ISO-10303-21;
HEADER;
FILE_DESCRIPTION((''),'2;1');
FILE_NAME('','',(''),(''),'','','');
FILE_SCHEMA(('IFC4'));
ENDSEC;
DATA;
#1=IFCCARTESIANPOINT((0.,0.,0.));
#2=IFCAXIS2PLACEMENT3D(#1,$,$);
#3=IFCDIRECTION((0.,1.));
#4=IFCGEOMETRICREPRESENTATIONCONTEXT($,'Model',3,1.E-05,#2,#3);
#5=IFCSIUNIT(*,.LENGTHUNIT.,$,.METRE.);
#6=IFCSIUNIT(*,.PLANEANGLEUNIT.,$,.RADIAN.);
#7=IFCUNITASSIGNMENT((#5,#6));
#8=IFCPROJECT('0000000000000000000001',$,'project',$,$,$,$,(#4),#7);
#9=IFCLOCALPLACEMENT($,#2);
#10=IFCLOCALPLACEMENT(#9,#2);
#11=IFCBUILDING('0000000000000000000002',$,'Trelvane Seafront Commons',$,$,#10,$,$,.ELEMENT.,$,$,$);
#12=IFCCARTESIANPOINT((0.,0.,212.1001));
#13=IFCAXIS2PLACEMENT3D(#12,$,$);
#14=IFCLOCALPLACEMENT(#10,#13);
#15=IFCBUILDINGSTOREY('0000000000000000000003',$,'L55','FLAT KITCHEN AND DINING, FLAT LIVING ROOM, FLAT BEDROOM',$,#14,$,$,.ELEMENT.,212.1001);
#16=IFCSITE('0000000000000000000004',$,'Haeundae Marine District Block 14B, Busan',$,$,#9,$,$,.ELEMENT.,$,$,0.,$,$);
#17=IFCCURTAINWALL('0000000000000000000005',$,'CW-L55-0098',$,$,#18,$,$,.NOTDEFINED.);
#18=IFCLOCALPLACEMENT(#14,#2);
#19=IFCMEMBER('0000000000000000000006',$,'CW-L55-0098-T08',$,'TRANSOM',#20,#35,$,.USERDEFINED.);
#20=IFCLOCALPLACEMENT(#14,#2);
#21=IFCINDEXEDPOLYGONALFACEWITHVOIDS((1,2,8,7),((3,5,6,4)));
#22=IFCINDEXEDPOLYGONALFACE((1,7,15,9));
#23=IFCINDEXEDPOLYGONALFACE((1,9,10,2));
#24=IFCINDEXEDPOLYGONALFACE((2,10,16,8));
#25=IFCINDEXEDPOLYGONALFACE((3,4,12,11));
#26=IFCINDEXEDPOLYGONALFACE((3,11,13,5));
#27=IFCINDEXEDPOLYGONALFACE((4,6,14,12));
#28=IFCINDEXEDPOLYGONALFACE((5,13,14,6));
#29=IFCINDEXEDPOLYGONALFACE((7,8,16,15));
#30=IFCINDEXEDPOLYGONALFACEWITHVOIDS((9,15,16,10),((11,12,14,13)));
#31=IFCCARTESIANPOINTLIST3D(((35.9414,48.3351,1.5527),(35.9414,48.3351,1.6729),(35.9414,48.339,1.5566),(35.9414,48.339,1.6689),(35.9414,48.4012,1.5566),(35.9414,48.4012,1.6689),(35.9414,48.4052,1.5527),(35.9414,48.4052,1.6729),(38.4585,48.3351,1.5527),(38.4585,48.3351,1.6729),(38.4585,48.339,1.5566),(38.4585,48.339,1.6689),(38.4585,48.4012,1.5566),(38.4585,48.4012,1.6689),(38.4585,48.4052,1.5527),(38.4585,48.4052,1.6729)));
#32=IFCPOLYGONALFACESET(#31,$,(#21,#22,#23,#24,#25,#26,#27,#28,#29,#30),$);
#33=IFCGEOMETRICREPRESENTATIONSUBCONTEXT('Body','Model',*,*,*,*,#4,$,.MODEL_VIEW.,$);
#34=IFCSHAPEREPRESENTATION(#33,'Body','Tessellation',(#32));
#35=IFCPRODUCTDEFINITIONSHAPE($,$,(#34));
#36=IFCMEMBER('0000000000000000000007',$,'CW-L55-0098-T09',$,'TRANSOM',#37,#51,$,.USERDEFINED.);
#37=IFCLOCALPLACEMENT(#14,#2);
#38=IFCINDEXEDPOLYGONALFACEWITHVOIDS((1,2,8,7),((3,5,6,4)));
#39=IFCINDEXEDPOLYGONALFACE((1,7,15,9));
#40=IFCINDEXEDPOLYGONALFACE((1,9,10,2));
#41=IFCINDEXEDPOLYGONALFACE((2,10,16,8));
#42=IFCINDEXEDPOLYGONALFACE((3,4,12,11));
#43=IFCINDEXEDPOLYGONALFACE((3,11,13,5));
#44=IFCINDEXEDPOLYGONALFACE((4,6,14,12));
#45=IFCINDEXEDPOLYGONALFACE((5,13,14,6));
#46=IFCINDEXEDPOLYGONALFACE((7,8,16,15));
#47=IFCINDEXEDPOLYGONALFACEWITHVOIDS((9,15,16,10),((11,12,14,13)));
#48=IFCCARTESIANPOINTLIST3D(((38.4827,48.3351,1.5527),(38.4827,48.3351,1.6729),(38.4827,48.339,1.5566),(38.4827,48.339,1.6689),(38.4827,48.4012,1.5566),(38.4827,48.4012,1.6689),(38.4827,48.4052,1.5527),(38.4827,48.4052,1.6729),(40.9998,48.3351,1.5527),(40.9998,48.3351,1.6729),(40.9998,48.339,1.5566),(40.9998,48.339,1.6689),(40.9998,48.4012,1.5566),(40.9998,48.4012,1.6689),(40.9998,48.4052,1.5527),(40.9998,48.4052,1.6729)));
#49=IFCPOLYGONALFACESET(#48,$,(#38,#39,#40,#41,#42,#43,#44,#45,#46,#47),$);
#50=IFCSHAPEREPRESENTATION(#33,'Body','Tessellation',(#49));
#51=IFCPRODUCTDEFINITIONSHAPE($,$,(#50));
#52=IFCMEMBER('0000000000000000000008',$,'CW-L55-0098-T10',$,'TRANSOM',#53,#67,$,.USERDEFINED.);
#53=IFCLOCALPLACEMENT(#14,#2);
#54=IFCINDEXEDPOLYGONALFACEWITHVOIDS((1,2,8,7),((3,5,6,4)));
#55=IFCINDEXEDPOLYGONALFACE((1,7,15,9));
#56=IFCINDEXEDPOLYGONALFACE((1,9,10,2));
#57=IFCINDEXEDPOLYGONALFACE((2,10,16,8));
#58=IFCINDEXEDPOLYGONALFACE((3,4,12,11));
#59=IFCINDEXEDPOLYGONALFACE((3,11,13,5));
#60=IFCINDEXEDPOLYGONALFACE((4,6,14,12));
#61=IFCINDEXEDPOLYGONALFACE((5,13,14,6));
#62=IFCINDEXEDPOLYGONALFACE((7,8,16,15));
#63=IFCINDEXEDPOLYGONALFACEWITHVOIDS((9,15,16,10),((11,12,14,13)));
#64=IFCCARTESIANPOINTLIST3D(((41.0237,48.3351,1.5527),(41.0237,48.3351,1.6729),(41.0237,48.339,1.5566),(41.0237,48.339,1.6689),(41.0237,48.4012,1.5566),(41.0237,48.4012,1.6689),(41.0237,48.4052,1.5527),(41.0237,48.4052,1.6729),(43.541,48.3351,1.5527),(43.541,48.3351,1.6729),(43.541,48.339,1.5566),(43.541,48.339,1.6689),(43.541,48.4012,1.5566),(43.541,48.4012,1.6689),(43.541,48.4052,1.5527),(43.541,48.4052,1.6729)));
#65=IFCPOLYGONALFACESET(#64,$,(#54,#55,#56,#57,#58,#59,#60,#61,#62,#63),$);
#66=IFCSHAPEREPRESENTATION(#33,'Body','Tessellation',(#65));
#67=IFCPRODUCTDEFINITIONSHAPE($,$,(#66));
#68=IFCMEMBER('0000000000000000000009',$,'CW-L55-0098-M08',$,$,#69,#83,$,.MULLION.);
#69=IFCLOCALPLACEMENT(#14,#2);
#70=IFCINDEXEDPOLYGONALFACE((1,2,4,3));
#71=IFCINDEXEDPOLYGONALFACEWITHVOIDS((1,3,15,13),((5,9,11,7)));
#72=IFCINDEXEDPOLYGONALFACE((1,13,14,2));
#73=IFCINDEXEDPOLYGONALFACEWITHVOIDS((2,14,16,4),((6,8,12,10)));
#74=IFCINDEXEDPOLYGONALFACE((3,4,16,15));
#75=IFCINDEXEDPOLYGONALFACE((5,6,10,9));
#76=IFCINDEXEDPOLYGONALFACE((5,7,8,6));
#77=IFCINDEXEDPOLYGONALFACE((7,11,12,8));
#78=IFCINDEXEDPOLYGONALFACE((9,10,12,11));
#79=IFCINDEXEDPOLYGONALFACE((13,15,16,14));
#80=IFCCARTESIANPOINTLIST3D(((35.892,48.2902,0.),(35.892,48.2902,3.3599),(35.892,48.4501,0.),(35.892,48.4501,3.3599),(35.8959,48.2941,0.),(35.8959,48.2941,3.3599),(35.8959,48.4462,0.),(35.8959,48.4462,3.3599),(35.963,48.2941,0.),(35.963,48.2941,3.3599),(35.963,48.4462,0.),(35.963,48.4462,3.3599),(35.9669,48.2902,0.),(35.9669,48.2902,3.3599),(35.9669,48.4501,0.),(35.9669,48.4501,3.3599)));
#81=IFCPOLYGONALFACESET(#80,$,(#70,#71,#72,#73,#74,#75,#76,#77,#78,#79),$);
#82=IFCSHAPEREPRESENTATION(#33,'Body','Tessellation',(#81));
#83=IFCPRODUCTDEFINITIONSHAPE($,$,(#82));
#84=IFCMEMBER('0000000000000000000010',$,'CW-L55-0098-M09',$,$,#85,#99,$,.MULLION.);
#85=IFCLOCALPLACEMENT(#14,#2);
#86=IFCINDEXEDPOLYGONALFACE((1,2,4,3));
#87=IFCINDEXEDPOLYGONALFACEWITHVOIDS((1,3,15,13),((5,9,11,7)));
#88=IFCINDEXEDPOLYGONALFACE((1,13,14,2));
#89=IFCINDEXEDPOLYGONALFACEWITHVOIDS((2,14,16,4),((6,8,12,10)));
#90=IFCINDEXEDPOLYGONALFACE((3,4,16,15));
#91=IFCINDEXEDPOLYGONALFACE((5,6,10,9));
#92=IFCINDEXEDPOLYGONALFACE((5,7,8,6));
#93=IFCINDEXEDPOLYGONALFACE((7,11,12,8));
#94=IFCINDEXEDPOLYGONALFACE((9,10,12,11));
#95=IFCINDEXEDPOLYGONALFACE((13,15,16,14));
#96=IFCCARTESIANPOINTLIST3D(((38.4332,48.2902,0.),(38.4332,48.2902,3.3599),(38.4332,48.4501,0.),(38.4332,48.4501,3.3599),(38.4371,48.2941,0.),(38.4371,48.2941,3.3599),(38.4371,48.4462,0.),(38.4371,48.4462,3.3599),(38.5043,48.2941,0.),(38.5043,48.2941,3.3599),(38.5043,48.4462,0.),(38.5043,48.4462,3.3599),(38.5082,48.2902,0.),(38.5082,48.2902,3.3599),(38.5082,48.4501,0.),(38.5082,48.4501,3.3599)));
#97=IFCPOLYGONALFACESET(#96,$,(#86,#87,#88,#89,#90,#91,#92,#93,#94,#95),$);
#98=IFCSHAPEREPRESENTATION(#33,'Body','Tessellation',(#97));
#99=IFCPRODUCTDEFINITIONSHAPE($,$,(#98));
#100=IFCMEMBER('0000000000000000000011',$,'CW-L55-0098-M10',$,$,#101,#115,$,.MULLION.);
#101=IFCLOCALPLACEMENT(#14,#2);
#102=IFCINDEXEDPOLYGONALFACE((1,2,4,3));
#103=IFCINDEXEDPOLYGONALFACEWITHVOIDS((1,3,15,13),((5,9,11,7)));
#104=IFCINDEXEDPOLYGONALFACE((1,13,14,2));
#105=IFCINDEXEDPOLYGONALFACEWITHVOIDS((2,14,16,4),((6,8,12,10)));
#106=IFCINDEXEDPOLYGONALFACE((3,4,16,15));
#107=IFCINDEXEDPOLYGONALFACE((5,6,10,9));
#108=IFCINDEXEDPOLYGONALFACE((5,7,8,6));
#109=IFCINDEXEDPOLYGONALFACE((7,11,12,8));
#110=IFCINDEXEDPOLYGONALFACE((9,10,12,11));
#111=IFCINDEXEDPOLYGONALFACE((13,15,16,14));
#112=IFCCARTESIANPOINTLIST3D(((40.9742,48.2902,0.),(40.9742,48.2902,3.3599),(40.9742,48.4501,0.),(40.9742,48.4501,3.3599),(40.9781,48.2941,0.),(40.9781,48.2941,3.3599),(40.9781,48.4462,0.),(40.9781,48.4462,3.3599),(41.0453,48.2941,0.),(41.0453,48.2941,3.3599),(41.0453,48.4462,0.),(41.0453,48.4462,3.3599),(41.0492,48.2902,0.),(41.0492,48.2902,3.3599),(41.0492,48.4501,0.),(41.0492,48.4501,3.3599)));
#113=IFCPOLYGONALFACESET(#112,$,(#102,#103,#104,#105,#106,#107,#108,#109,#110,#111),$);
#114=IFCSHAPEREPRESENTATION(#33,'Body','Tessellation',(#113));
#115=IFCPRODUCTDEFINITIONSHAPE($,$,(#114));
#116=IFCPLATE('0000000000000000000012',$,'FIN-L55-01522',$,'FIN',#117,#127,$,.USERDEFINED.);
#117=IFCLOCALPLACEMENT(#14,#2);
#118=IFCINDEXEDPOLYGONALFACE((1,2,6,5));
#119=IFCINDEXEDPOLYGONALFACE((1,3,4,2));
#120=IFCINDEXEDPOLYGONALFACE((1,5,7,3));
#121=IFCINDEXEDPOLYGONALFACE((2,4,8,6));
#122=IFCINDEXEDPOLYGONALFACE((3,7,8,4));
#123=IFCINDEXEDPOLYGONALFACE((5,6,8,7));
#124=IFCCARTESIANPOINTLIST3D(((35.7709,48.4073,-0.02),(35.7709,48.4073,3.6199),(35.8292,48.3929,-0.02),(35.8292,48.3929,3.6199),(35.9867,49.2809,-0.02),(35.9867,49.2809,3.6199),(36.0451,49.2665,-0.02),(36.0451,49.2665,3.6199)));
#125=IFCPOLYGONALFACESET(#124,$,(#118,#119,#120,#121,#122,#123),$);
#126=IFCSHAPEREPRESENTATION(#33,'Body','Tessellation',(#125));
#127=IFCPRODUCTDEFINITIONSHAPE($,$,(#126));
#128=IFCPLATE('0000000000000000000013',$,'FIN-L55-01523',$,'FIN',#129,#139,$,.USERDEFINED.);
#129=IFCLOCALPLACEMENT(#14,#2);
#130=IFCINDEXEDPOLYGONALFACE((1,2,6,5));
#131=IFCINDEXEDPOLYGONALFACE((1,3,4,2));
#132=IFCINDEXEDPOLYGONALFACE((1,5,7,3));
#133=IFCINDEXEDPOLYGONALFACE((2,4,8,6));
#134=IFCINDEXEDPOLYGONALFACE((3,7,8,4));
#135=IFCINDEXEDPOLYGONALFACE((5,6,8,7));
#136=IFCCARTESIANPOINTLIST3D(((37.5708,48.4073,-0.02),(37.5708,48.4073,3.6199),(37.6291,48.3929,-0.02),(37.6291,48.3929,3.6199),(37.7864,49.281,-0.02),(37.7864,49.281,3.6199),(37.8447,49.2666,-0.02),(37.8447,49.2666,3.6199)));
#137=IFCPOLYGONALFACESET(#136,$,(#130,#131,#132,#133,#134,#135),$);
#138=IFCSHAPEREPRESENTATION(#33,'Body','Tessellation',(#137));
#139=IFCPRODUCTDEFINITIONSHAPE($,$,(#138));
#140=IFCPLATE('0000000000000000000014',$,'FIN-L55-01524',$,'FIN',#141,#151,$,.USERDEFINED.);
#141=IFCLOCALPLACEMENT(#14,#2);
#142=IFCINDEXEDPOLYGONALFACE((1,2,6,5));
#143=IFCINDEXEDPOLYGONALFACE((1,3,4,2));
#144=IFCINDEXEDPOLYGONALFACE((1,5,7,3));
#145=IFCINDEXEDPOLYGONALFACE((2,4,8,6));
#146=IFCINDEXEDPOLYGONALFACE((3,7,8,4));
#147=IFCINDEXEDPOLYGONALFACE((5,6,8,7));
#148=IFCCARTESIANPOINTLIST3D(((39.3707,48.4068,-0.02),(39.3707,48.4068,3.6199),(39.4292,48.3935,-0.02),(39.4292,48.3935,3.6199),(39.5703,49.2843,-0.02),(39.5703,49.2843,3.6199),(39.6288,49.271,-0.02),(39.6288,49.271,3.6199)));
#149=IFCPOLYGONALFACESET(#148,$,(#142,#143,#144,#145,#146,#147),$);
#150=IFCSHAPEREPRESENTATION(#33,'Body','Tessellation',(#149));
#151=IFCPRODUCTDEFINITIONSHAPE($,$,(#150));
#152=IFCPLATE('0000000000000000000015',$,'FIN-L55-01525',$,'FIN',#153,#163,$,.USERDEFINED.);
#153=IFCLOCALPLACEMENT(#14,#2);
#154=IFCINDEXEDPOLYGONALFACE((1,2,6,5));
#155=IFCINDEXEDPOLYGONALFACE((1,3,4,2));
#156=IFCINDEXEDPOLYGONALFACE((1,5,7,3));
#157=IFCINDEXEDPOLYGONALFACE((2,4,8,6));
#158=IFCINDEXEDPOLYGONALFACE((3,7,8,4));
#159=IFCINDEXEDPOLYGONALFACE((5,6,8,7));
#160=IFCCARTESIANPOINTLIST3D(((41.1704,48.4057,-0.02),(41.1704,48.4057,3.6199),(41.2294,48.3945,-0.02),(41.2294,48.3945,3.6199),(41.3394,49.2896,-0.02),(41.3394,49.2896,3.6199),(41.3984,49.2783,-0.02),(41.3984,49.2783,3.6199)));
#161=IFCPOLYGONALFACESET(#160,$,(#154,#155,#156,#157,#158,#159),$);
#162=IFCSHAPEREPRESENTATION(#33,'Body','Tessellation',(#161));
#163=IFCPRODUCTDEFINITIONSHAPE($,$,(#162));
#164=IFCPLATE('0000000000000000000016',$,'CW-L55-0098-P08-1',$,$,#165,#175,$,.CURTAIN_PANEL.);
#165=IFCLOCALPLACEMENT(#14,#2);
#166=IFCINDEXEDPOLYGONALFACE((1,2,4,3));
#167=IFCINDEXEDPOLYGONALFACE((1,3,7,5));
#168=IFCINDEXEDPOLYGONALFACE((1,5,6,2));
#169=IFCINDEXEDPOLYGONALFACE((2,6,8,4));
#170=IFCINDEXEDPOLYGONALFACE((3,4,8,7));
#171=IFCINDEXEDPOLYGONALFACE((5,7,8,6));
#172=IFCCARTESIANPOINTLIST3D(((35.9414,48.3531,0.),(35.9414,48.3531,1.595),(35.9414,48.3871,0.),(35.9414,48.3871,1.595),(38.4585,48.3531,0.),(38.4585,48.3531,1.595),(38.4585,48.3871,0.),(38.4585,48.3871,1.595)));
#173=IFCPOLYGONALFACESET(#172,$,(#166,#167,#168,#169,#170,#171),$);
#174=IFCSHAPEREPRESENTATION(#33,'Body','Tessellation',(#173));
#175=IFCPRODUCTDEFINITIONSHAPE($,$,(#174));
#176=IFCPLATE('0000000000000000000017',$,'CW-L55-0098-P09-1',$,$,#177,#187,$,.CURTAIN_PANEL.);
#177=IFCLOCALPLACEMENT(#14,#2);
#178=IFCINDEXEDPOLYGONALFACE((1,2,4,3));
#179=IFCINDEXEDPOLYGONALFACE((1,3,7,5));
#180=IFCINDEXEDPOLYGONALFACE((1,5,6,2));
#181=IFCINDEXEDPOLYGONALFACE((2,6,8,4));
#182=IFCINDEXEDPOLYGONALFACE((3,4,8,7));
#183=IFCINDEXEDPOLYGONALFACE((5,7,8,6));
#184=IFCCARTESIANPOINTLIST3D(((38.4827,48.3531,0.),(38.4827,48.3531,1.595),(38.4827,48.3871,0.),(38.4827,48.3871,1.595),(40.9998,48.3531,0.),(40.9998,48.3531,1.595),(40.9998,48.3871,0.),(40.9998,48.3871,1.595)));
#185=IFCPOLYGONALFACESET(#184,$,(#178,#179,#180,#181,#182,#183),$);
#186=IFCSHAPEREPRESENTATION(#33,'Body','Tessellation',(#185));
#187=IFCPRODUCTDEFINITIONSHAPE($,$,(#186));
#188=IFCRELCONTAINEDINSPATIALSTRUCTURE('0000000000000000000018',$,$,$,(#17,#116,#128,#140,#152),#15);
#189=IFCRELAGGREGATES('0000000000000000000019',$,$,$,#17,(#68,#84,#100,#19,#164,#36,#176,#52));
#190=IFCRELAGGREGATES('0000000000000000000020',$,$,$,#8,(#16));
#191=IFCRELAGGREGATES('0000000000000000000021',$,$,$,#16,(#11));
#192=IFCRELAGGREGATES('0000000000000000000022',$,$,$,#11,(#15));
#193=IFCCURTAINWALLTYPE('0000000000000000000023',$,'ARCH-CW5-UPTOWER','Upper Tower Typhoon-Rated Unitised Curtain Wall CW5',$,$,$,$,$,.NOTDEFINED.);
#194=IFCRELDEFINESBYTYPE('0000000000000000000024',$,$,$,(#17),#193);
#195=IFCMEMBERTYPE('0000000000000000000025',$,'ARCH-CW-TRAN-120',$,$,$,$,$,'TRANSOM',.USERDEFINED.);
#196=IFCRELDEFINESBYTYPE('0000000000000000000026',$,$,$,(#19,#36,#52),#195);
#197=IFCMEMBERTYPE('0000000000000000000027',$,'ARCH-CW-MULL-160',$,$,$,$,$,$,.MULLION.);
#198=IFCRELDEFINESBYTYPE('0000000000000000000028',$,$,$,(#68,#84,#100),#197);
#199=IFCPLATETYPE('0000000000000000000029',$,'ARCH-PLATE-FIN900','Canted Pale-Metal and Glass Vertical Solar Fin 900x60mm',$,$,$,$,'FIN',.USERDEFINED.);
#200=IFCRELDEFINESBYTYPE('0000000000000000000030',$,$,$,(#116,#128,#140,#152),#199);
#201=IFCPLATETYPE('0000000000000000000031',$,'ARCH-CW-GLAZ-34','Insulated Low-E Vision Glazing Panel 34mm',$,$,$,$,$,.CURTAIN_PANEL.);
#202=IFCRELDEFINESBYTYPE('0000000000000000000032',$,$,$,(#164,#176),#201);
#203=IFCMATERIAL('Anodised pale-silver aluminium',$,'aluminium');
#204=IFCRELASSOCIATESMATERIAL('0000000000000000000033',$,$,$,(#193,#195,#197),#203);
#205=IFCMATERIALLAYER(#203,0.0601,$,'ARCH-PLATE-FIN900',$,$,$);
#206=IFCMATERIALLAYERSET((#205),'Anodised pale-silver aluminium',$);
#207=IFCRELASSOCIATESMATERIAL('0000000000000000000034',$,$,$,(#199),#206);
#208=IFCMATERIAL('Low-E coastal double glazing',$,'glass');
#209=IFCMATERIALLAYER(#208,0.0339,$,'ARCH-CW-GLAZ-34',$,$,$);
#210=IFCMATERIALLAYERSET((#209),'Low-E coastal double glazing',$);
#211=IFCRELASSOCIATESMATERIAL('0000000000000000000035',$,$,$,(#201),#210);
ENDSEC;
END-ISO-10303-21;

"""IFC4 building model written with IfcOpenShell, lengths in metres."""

from ifc_helpers import new_model, si_unit, direction, frame, origin, origin_2d, place, context, subcontext, project, spatial, rectangle, hollow_rectangle, extrude, source, transform, mapped, material, layer, layer_set, material_profile, profile_set, type_object, element, aggregate, save


model = new_model("IFC4")

# Units and contexts
model_context = context("Model", 3, precision=1e-05, world=origin(), true_north=direction((0.0, 1.0)))
body_context = subcontext(model_context, "Body", "Model", "MODEL_VIEW")
ifc_project = project(units=[si_unit("LENGTHUNIT", "METRE"), si_unit("PLANEANGLEUNIT", "RADIAN")], contexts=[model_context])

# Site, building, storey
site_placement = place(None, origin())
site = spatial("IfcSite", under=ifc_project, at=site_placement, Name="Haeundae Marine District Block 14B, Busan", CompositionType="ELEMENT", RefElevation=0.0)
building_placement = place(site_placement, origin())
building = spatial("IfcBuilding", under=site, at=building_placement, Name="Trelvane Seafront Commons", CompositionType="ELEMENT")
storey_placement = place(building_placement, frame((0.0, 0.0, 212.1001)))
storey = spatial("IfcBuildingStorey", under=building, at=storey_placement, Name="L55", Description="FLAT KITCHEN AND DINING, FLAT LIVING ROOM, FLAT BEDROOM", CompositionType="ELEMENT", Elevation=212.1001)

# Curtain wall, members
ifc_material_1 = material(Name="Anodised pale-silver aluminium", Category="aluminium")
curtain_wall_type = type_object("IfcCurtainWallType", Name="ARCH-CW5-UPTOWER", Description="Upper Tower Typhoon-Rated Unitised Curtain Wall CW5", PredefinedType="NOTDEFINED", material=ifc_material_1)
curtain_wall_placement = place(storey_placement, origin())
curtain_wall = element("IfcCurtainWall", 1, at=curtain_wall_placement, inside=storey, type_object=curtain_wall_type, Name="CW-L55-0098", PredefinedType="NOTDEFINED")
ifc_material_profile_1 = material_profile(ifc_material_1, hollow_rectangle(XDim=0.0701, YDim=0.1201, WallThickness=0.0039, at=origin_2d()), Name="TRAN-70x120x4")
ifc_profile_set_1 = profile_set([ifc_material_profile_1], Name="Anodised pale-silver aluminium")
member_type_1 = type_object("IfcMemberType", Name="ARCH-CW-TRAN-120", ElementType="TRANSOM", PredefinedType="USERDEFINED", material=ifc_profile_set_1)
shared_shape_1 = source(origin(), body_context, "Body", "SweptSolid", [
    extrude(hollow_rectangle(XDim=0.0701, YDim=0.1201, WallThickness=0.0039, at=origin_2d()), origin(), (0.0, 0.0, 1.0), 2.5171),
])
member_1_placement = place(storey_placement, frame((35.9414, 48.3701, 1.6128), z_axis=(1.0, 0.0, 0.0), x_axis=(0.0, 1.0, 0.0)))
member_1 = element("IfcMember", 2, at=member_1_placement, type_object=member_type_1, Name="CW-L55-0098-T08", ObjectType="TRANSOM", PredefinedType="USERDEFINED", context=body_context, shape_type="MappedRepresentation", body=[
    mapped(shared_shape_1, transform((0.0, 0.0, 0.0), x_axis=(1.0, 0.0, 0.0), y_axis=(0.0, 1.0, 0.0), z_axis=(0.0, 0.0, 1.0), scale=1.0)),
])
member_2_placement = place(storey_placement, frame((38.4827, 48.3701, 1.6128), z_axis=(1.0, 0.0, 0.0), x_axis=(0.0, 1.0, 0.0)))
member_2 = element("IfcMember", 3, at=member_2_placement, type_object=member_type_1, Name="CW-L55-0098-T09", ObjectType="TRANSOM", PredefinedType="USERDEFINED", context=body_context, shape_type="MappedRepresentation", body=[
    mapped(shared_shape_1, transform((0.0, 0.0, 0.0), x_axis=(1.0, 0.0, 0.0), y_axis=(0.0, 1.0, 0.0), z_axis=(0.0, 0.0, 1.0), scale=1.0)),
])
shared_shape_2 = source(origin(), body_context, "Body", "SweptSolid", [
    extrude(hollow_rectangle(XDim=0.0701, YDim=0.1201, WallThickness=0.0039, at=origin_2d()), origin(), (0.0, 0.0, 1.0), 2.5173),
])
member_3_placement = place(storey_placement, frame((41.0237, 48.3701, 1.6128), z_axis=(1.0, 0.0, 0.0), x_axis=(0.0, 1.0, 0.0)))
member_3 = element("IfcMember", 4, at=member_3_placement, type_object=member_type_1, Name="CW-L55-0098-T10", ObjectType="TRANSOM", PredefinedType="USERDEFINED", context=body_context, shape_type="MappedRepresentation", body=[
    mapped(shared_shape_2, transform((0.0, 0.0, 0.0), x_axis=(1.0, 0.0, 0.0), y_axis=(0.0, 1.0, 0.0), z_axis=(0.0, 0.0, 1.0), scale=1.0)),
])
ifc_material_profile_2 = material_profile(ifc_material_1, hollow_rectangle(XDim=0.075, YDim=0.1599, WallThickness=0.0039, at=origin_2d()), Name="MULL-75x160x4")
ifc_profile_set_2 = profile_set([ifc_material_profile_2], Name="Anodised pale-silver aluminium")
member_type_2 = type_object("IfcMemberType", Name="ARCH-CW-MULL-160", PredefinedType="MULLION", material=ifc_profile_set_2)
shared_shape_3 = source(origin(), body_context, "Body", "SweptSolid", [
    extrude(hollow_rectangle(XDim=0.075, YDim=0.1599, WallThickness=0.0039, at=origin_2d()), origin(), (0.0, 0.0, 1.0), 3.3599),
])
member_4_placement = place(storey_placement, frame((35.9294, 48.3701, 0.0), z_axis=(0.0, 0.0, 1.0), x_axis=(1.0, 0.0, 0.0)))
member_4 = element("IfcMember", 5, at=member_4_placement, type_object=member_type_2, Name="CW-L55-0098-M08", PredefinedType="MULLION", context=body_context, shape_type="MappedRepresentation", body=[
    mapped(shared_shape_3, transform((0.0, 0.0, 0.0), x_axis=(1.0, 0.0, 0.0), y_axis=(0.0, 1.0, 0.0), z_axis=(0.0, 0.0, 1.0), scale=1.0)),
])
member_5_placement = place(storey_placement, frame((38.4707, 48.3701, 0.0), z_axis=(0.0, 0.0, 1.0), x_axis=(1.0, 0.0, 0.0)))
member_5 = element("IfcMember", 6, at=member_5_placement, type_object=member_type_2, Name="CW-L55-0098-M09", PredefinedType="MULLION", context=body_context, shape_type="MappedRepresentation", body=[
    mapped(shared_shape_3, transform((0.0, 0.0, 0.0), x_axis=(1.0, 0.0, 0.0), y_axis=(0.0, 1.0, 0.0), z_axis=(0.0, 0.0, 1.0), scale=1.0)),
])
member_6_placement = place(storey_placement, frame((41.0117, 48.3701, 0.0), z_axis=(0.0, 0.0, 1.0), x_axis=(1.0, 0.0, 0.0)))
member_6 = element("IfcMember", 7, at=member_6_placement, type_object=member_type_2, Name="CW-L55-0098-M10", PredefinedType="MULLION", context=body_context, shape_type="MappedRepresentation", body=[
    mapped(shared_shape_3, transform((0.0, 0.0, 0.0), x_axis=(1.0, 0.0, 0.0), y_axis=(0.0, 1.0, 0.0), z_axis=(0.0, 0.0, 1.0), scale=1.0)),
])

# Plates
ifc_layer_1 = layer(ifc_material_1, 0.0601, Name="ARCH-PLATE-FIN900")
ifc_layer_set_1 = layer_set([ifc_layer_1], Name="Anodised pale-silver aluminium")
plate_type_1 = type_object("IfcPlateType", Name="ARCH-PLATE-FIN900", Description="Canted Pale-Metal and Glass Vertical Solar Fin 900x60mm", ElementType="FIN", PredefinedType="USERDEFINED", material=ifc_layer_set_1)
shared_shape_4 = source(origin(), body_context, "Body", "SweptSolid", [
    extrude(rectangle(XDim=0.8999, YDim=0.0601, at=origin_2d()), origin(), (0.0, 0.0, 1.0), 3.6399),
])
for number, where, z_axis, x_axis, name in (
    (8, (35.908, 48.8369, -0.02), (0.0, 0.0, 1.0), (0.239894, 0.970799, 0.0), "FIN-L55-01522"),
    (9, (37.7078, 48.8369, -0.02), (0.0, 0.0, 1.0), (0.239554, 0.970883, 0.0), "FIN-L55-01523"),
    (10, (39.4998, 48.8389, -0.02), (0.0, 0.0, 1.0), (0.221775, 0.975098, 0.0), "FIN-L55-01524"),
    (11, (41.2844, 48.842, -0.02), (0.0, 0.0, 1.0), (0.187776, 0.982212, 0.0), "FIN-L55-01525"),
):
    element("IfcPlate", number, at=place(storey_placement, frame(where, z_axis=z_axis, x_axis=x_axis)), inside=storey, type_object=plate_type_1, Name=name, ObjectType="FIN", PredefinedType="USERDEFINED", context=body_context, shape_type="MappedRepresentation", body=[
        mapped(shared_shape_4, transform((0.0, 0.0, 0.0), x_axis=(1.0, 0.0, 0.0), y_axis=(0.0, 1.0, 0.0), z_axis=(0.0, 0.0, 1.0), scale=1.0)),
    ])

# Plates
ifc_material_2 = material(Name="Low-E coastal double glazing", Category="glass")
ifc_layer_2 = layer(ifc_material_2, 0.0339, Name="ARCH-CW-GLAZ-34")
ifc_layer_set_2 = layer_set([ifc_layer_2], Name="Low-E coastal double glazing")
plate_type_2 = type_object("IfcPlateType", Name="ARCH-CW-GLAZ-34", Description="Insulated Low-E Vision Glazing Panel 34mm", PredefinedType="CURTAIN_PANEL", material=ifc_layer_set_2)
shared_shape_5 = source(origin(), body_context, "Body", "SweptSolid", [
    extrude(rectangle(XDim=2.5171, YDim=0.0339, at=origin_2d()), origin(), (0.0, 0.0, 1.0), 1.595),
])
plate_1_placement = place(storey_placement, frame((37.2, 48.3701, 0.0), z_axis=(0.0, 0.0, 1.0), x_axis=(1.0, 0.0, 0.0)))
plate_1 = element("IfcPlate", 12, at=plate_1_placement, type_object=plate_type_2, Name="CW-L55-0098-P08-1", PredefinedType="CURTAIN_PANEL", context=body_context, shape_type="MappedRepresentation", body=[
    mapped(shared_shape_5, transform((0.0, 0.0, 0.0), x_axis=(1.0, 0.0, 0.0), y_axis=(0.0, 1.0, 0.0), z_axis=(0.0, 0.0, 1.0), scale=1.0)),
])
plate_2_placement = place(storey_placement, frame((39.7412, 48.3701, 0.0), z_axis=(0.0, 0.0, 1.0), x_axis=(1.0, 0.0, 0.0)))
plate_2 = element("IfcPlate", 13, at=plate_2_placement, type_object=plate_type_2, Name="CW-L55-0098-P09-1", PredefinedType="CURTAIN_PANEL", context=body_context, shape_type="MappedRepresentation", body=[
    mapped(shared_shape_5, transform((0.0, 0.0, 0.0), x_axis=(1.0, 0.0, 0.0), y_axis=(0.0, 1.0, 0.0), z_axis=(0.0, 0.0, 1.0), scale=1.0)),
])
aggregate(curtain_wall, [member_4, member_5, member_6, member_1, plate_1, member_2, plate_2, member_3])

save(model, "model.ifc")
